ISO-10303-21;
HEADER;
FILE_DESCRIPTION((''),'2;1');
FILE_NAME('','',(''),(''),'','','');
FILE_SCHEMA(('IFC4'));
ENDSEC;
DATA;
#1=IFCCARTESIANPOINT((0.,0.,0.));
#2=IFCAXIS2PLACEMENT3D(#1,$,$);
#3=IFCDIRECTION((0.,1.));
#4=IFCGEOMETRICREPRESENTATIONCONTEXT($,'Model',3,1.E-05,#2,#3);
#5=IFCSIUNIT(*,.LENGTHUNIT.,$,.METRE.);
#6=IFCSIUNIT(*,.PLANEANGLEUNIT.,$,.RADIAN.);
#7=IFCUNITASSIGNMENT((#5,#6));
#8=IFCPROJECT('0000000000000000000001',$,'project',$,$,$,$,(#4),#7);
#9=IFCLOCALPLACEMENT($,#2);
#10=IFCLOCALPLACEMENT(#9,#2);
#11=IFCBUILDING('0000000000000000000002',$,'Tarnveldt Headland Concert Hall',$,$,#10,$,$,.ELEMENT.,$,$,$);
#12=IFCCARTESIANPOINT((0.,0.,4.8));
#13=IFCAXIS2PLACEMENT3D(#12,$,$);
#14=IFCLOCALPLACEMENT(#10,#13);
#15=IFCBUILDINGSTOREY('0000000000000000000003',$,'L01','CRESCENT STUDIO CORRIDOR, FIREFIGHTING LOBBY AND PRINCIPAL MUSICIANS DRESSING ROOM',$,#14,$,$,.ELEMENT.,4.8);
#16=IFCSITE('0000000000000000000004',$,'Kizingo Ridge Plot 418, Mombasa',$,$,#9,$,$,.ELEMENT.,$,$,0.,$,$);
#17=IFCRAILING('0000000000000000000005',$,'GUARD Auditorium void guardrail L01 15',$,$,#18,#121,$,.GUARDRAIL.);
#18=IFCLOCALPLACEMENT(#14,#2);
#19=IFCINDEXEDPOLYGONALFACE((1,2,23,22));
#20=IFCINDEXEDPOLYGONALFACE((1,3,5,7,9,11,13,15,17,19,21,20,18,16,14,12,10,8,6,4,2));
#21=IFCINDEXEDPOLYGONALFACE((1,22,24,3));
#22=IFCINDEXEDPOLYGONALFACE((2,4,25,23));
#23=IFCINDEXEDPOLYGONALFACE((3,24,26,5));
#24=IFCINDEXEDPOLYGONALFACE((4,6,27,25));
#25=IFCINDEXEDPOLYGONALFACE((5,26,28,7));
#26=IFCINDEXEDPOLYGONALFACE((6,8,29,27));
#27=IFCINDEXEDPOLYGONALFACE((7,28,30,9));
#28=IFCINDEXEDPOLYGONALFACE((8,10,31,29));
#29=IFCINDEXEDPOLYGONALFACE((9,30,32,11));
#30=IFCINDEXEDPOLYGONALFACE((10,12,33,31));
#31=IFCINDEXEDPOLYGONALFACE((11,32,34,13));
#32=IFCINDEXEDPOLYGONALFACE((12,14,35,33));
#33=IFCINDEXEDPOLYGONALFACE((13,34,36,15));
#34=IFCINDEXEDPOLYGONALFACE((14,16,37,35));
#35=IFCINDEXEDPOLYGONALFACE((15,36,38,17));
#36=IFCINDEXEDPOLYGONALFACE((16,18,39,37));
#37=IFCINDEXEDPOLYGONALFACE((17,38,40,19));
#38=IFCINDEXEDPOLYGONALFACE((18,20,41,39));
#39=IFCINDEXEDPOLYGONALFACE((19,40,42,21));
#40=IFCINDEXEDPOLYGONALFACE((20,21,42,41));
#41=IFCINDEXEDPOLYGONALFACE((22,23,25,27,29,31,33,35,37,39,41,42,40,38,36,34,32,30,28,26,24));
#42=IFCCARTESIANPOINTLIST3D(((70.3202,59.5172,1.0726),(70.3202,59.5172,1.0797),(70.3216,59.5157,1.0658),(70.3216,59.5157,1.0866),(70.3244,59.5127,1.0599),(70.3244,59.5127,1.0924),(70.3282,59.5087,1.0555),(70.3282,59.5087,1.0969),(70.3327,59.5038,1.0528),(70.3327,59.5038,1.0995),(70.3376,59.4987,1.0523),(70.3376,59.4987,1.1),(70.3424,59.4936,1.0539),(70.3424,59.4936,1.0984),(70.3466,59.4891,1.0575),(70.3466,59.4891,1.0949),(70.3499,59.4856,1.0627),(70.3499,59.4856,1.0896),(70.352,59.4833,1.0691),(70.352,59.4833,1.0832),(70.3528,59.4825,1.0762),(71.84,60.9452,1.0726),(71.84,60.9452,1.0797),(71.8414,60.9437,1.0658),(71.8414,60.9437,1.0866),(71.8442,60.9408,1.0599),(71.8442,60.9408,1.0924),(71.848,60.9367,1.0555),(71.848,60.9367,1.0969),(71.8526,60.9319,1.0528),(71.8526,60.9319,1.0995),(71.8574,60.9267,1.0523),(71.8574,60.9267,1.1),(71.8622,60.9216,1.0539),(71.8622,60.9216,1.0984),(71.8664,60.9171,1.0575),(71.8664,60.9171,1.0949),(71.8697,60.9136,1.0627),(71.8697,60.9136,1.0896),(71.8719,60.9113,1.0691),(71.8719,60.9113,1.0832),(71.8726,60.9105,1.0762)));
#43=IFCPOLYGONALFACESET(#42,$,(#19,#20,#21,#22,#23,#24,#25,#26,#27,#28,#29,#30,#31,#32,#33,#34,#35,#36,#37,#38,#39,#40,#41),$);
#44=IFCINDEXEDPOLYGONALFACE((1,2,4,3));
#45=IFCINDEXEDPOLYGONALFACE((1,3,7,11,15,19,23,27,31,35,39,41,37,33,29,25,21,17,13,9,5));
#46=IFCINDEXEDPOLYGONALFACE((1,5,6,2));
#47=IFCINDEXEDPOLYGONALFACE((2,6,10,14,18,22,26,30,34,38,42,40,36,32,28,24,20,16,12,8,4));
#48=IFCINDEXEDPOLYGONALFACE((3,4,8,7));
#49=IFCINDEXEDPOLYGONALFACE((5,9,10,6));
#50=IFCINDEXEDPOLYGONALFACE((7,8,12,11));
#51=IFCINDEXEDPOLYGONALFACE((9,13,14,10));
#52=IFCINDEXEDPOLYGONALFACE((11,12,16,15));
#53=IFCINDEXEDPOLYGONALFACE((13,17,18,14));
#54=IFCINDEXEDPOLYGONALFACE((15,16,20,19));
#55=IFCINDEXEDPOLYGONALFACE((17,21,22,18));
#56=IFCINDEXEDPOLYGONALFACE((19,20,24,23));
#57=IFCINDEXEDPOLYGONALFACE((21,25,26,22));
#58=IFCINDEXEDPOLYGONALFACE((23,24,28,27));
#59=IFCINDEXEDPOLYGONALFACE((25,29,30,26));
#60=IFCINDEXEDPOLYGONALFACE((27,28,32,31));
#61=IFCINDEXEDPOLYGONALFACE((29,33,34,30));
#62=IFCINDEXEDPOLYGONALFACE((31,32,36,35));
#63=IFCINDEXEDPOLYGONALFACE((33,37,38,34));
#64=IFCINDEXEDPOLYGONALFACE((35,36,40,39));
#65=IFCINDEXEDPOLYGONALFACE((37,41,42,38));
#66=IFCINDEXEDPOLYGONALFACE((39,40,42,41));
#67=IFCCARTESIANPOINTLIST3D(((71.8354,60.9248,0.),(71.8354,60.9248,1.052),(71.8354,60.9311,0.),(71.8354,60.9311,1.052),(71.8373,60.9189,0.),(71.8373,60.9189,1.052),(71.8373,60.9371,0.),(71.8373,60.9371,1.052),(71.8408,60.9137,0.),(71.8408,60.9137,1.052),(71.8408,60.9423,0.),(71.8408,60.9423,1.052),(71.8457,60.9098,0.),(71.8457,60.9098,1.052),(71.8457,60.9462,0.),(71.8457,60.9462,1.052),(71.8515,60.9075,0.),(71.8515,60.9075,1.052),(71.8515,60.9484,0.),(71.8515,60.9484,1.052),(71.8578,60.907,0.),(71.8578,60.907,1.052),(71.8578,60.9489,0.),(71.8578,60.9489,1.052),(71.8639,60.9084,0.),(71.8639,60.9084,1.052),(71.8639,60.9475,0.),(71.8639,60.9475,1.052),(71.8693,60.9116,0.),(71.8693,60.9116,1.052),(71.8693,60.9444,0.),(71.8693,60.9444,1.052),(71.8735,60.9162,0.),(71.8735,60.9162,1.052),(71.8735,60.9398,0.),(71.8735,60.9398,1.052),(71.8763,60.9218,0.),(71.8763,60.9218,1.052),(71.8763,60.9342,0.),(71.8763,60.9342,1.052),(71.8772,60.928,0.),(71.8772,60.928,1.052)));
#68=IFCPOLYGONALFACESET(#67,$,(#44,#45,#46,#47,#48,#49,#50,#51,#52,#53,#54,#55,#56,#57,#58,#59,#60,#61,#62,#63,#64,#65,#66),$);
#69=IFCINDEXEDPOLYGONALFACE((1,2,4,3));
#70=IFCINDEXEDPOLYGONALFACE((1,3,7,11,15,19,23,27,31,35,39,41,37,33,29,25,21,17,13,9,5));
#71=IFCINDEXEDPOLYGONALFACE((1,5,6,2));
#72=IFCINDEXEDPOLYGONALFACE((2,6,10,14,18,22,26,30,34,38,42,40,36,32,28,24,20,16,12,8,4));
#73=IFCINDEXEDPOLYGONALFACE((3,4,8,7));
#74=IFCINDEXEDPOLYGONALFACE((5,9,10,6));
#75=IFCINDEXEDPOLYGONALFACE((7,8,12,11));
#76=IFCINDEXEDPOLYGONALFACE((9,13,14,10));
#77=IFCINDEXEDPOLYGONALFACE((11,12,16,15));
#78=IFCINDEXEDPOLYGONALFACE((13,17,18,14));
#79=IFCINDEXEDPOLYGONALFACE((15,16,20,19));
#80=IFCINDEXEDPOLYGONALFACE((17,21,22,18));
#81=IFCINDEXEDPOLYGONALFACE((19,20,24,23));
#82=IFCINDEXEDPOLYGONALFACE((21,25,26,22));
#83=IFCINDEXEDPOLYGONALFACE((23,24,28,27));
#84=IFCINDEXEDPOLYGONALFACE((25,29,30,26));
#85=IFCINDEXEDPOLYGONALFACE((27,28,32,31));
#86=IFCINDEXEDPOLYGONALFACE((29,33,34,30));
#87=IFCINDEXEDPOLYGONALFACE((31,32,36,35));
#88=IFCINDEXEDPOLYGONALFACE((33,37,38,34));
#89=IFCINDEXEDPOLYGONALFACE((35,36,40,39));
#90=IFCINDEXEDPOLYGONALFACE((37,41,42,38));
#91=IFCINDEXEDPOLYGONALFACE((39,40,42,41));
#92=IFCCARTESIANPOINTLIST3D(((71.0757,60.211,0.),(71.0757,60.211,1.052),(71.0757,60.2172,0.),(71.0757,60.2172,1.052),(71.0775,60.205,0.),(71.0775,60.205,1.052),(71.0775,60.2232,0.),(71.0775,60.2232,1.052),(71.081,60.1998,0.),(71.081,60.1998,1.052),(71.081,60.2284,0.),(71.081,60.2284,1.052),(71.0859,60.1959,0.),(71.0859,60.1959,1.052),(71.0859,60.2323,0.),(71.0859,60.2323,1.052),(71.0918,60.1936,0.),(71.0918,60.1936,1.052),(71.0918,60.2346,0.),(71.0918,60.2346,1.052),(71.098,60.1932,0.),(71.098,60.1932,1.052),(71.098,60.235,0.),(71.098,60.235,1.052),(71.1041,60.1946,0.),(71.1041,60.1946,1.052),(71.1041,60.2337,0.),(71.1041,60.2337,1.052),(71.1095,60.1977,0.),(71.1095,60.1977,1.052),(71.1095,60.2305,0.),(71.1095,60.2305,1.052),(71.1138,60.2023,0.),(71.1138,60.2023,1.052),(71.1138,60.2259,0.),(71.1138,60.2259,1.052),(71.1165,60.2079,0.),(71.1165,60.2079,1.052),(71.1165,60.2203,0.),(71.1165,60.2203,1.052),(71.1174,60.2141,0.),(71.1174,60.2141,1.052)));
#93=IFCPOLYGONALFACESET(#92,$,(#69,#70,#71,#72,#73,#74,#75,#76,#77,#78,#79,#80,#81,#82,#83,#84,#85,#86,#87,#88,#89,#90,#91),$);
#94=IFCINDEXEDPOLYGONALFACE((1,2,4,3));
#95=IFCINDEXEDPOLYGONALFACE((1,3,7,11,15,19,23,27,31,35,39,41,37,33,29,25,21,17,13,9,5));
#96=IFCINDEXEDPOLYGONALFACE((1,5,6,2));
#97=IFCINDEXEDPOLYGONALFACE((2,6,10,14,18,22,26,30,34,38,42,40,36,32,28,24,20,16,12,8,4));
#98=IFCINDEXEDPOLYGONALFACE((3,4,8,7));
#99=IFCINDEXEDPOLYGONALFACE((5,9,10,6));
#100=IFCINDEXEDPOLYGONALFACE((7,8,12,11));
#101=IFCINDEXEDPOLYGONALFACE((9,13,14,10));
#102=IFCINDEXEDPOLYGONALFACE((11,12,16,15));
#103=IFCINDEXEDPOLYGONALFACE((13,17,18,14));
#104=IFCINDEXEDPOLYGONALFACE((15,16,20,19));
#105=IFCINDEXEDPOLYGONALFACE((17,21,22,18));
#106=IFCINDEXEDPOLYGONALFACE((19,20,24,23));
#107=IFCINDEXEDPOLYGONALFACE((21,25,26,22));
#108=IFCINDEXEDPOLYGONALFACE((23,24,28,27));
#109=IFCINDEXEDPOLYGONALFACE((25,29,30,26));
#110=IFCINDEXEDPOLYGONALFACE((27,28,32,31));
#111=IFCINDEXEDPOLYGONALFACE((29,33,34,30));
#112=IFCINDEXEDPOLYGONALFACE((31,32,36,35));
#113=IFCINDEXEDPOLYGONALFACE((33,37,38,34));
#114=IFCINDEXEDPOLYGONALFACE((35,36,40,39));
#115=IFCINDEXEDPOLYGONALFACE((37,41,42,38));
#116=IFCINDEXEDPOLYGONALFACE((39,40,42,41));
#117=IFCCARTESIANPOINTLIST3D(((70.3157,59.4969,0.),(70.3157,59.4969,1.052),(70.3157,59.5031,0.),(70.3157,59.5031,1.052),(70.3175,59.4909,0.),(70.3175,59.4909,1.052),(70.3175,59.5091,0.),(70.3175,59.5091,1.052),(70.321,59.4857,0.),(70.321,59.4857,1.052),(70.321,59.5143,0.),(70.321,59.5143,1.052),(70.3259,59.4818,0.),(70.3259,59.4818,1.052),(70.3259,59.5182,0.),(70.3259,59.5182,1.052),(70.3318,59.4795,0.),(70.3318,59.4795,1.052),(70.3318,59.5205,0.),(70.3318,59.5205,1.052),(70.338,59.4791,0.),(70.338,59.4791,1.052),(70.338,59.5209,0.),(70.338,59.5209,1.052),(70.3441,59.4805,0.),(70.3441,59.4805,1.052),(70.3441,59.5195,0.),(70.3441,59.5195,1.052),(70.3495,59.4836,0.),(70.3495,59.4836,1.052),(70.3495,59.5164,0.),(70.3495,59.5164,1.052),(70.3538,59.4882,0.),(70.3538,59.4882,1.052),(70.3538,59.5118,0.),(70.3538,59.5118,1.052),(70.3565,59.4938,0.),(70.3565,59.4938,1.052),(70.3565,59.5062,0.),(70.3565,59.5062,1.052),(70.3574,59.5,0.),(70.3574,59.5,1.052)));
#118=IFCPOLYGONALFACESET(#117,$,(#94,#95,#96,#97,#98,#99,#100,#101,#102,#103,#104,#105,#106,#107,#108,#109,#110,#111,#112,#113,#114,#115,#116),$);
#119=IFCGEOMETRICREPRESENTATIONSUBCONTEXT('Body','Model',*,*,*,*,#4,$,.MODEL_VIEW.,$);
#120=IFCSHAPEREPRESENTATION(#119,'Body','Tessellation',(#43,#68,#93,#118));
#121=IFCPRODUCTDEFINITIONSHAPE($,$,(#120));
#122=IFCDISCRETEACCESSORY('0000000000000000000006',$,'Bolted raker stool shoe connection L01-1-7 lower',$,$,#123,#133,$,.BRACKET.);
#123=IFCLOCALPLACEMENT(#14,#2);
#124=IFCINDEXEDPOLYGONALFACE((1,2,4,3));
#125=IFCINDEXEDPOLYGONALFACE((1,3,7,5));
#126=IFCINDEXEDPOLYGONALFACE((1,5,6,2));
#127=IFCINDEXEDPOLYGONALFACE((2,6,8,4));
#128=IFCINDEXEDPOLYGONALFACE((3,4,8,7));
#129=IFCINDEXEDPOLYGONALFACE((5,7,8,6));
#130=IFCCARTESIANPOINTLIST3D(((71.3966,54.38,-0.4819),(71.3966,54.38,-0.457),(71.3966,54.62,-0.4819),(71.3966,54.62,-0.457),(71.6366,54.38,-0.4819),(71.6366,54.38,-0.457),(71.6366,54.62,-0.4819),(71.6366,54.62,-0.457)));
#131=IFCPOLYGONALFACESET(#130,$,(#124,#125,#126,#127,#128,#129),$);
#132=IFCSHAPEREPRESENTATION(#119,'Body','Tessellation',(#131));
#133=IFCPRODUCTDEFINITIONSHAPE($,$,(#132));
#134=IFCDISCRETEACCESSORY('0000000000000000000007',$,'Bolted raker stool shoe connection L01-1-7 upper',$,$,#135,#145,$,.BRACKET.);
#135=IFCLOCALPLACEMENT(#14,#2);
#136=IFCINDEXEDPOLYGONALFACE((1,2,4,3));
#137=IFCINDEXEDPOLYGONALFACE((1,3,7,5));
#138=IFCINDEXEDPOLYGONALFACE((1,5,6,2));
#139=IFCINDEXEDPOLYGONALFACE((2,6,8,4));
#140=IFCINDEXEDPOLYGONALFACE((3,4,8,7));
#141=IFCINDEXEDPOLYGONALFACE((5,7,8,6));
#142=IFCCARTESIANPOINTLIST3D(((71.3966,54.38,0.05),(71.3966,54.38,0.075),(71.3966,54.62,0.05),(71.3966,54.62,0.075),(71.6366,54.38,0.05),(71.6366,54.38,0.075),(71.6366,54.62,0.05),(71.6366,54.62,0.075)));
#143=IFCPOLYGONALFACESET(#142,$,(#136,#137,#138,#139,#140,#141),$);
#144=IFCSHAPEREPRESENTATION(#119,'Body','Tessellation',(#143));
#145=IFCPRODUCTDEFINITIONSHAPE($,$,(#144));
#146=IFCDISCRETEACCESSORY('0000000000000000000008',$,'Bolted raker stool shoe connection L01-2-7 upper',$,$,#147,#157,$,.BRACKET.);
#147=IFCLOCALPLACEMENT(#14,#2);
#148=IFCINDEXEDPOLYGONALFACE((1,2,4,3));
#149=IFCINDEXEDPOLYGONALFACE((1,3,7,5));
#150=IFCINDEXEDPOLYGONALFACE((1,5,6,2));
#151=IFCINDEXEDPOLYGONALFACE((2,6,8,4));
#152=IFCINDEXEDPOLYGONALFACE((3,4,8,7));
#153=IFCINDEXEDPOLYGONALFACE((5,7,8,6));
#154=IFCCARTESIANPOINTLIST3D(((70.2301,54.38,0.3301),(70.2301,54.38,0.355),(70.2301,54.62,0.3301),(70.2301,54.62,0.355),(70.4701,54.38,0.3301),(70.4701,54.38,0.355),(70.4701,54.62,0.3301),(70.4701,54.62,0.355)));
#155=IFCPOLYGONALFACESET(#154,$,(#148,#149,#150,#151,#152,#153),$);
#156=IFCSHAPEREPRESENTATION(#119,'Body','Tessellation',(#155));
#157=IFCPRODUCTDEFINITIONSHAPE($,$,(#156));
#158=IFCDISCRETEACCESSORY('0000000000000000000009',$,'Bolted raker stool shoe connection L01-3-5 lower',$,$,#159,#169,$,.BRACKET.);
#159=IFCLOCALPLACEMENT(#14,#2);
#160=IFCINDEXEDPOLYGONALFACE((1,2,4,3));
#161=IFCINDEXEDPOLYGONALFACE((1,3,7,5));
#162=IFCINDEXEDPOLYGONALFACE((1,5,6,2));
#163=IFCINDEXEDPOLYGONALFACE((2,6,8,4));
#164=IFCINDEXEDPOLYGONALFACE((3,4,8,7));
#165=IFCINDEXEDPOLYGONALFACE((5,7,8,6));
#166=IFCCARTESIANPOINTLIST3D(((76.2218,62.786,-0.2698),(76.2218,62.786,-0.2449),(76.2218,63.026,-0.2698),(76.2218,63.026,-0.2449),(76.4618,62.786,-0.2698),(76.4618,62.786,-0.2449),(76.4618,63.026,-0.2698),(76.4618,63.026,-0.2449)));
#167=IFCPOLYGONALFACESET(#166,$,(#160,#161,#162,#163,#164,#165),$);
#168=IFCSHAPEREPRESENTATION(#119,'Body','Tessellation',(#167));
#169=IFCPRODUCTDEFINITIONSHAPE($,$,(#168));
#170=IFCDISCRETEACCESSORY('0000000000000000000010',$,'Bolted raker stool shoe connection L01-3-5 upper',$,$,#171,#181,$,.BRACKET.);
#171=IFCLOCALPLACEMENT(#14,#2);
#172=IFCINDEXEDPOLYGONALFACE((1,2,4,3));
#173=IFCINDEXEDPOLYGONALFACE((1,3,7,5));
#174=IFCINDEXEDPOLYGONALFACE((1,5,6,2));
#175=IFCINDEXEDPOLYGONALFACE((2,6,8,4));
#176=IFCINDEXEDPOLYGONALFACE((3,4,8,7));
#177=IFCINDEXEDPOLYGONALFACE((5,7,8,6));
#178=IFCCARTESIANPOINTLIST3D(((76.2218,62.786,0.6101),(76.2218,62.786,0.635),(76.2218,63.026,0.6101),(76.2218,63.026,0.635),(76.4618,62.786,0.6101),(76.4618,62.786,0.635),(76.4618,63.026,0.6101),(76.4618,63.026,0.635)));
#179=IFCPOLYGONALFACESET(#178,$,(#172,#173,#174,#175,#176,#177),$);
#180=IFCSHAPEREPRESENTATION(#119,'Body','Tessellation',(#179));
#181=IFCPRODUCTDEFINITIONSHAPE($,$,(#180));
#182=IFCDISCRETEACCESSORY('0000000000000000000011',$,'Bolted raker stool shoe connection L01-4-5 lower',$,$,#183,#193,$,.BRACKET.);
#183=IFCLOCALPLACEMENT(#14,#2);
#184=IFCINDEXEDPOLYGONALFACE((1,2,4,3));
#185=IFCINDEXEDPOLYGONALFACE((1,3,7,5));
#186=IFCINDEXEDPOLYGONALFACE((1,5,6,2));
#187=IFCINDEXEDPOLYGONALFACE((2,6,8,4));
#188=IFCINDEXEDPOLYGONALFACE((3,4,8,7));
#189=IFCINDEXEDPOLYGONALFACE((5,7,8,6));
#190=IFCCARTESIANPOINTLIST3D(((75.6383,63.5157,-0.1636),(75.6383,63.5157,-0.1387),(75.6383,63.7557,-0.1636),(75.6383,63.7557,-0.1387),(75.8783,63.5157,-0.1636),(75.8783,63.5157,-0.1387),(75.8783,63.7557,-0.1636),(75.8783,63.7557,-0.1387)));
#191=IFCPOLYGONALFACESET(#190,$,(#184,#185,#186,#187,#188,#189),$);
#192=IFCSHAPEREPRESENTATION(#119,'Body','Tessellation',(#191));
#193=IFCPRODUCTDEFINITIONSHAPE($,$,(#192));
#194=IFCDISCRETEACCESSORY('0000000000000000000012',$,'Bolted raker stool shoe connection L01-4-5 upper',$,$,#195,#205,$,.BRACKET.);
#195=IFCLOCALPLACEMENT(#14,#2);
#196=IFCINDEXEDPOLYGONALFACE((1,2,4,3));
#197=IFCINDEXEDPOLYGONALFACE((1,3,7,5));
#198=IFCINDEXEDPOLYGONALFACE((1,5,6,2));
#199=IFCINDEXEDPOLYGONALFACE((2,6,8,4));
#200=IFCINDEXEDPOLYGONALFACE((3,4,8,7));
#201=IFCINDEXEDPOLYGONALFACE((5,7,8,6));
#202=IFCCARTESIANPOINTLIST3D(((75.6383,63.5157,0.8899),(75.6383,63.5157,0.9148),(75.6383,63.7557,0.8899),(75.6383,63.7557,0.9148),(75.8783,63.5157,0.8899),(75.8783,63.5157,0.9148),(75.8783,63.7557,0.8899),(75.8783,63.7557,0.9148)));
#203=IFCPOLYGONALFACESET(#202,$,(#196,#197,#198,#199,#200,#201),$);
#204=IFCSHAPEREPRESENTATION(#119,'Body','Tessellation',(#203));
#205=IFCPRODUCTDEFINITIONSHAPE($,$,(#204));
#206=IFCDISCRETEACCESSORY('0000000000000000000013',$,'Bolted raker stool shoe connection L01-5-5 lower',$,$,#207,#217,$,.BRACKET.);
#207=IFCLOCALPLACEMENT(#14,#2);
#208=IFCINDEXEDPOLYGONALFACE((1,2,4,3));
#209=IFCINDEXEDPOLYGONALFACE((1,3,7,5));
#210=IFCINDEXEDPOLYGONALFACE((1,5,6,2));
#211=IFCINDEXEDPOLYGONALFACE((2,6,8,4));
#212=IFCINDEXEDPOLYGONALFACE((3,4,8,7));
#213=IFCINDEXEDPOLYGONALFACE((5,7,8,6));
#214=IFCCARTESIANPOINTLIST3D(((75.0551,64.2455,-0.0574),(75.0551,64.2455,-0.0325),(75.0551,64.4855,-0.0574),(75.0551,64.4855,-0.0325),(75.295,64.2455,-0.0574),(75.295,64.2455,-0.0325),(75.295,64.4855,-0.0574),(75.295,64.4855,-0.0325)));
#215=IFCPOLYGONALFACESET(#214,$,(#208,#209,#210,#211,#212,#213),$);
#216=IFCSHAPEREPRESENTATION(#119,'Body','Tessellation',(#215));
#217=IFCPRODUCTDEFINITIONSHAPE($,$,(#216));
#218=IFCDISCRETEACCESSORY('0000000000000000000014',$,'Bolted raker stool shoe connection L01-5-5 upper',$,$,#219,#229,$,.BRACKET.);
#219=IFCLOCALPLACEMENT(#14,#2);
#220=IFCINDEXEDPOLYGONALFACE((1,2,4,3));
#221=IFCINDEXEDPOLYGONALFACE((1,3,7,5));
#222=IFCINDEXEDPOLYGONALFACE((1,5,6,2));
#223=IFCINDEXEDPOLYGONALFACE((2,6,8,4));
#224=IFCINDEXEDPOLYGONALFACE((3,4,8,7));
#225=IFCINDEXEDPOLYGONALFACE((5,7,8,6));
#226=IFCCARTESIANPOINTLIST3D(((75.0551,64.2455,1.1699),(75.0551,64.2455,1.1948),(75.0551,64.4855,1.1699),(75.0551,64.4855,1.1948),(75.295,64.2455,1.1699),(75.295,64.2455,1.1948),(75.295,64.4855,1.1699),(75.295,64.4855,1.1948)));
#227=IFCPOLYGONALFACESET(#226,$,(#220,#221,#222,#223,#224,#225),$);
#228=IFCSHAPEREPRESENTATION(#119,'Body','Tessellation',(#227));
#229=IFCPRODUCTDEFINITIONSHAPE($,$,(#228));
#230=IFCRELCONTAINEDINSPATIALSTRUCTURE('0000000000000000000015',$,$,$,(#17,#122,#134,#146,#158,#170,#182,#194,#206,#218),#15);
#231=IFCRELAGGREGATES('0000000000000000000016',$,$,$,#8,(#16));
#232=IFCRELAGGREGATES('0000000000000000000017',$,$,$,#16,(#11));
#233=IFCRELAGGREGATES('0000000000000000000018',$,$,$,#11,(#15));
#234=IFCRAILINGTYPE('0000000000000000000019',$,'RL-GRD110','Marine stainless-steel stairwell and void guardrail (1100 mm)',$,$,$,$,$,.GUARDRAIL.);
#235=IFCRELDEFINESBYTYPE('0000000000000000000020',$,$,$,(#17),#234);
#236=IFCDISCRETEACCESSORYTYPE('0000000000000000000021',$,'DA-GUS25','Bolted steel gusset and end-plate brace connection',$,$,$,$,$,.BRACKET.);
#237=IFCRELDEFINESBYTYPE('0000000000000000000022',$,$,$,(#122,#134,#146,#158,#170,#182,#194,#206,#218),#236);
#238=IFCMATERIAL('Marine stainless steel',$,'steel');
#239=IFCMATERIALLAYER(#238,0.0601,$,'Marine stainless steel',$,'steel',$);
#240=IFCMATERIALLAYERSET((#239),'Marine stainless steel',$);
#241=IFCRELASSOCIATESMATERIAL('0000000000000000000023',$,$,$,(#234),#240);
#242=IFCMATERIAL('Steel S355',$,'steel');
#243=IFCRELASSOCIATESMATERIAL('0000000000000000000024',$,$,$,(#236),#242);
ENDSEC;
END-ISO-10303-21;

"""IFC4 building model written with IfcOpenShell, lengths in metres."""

from ifc_helpers import new_model, si_unit, direction, frame, origin, origin_2d, place, context, subcontext, project, spatial, rectangle, circle, extrude, material, layer, layer_set, type_object, element, save


model = new_model("IFC4")

# Units and contexts
model_context = context("Model", 3, precision=1e-05, world=origin(), true_north=direction((0.0, 1.0)))
body_context = subcontext(model_context, "Body", "Model", "MODEL_VIEW")
ifc_project = project(units=[si_unit("LENGTHUNIT", "METRE"), si_unit("PLANEANGLEUNIT", "RADIAN")], contexts=[model_context])

# Site, building, storey
site_placement = place(None, origin())
site = spatial("IfcSite", under=ifc_project, at=site_placement, Name="Kizingo Ridge Plot 418, Mombasa", CompositionType="ELEMENT", RefElevation=0.0)
building_placement = place(site_placement, origin())
building = spatial("IfcBuilding", under=site, at=building_placement, Name="Tarnveldt Headland Concert Hall", CompositionType="ELEMENT")
storey_placement = place(building_placement, frame((0.0, 0.0, 4.8)))
storey = spatial("IfcBuildingStorey", under=building, at=storey_placement, Name="L01", Description="CRESCENT STUDIO CORRIDOR, FIREFIGHTING LOBBY AND PRINCIPAL MUSICIANS DRESSING ROOM", CompositionType="ELEMENT", Elevation=4.8)

# Shared definitions
ifc_material_1 = material(Name="Steel S355", Category="steel")

# Railing
ifc_material_2 = material(Name="Marine stainless steel", Category="steel")
ifc_layer_1 = layer(ifc_material_2, 0.0601, Name="Marine stainless steel", Category="steel")
ifc_layer_set_1 = layer_set([ifc_layer_1], Name="Marine stainless steel")
railing_type = type_object("IfcRailingType", Name="RL-GRD110", Description="Marine stainless-steel stairwell and void guardrail (1100 mm)", PredefinedType="GUARDRAIL", material=ifc_layer_set_1)
railing_1_placement = place(storey_placement, frame((71.8562, 60.928, 0.0)))
element("IfcRailing", 1, at=railing_1_placement, inside=storey, type_object=railing_type, Name="GUARD Auditorium void guardrail L01 15", PredefinedType="GUARDRAIL", context=body_context, shape_type="SweptSolid", body=[
    extrude(circle(Radius=0.0239, at=origin_2d()), frame((0.0, 0.0, 1.0762), z_axis=(-0.728774, -0.684755, 0.0), x_axis=(0.684755, -0.728774, 0.0)), (0.0, 0.0, 1.0), 2.0854),
    extrude(circle(Radius=0.021, at=origin_2d()), origin(), (0.0, 0.0, 1.0), 1.052),
    extrude(circle(Radius=0.021, at=origin_2d()), frame((-0.7598, -0.7139, 0.0)), (0.0, 0.0, 1.0), 1.052),
    extrude(circle(Radius=0.021, at=origin_2d()), frame((-1.5198, -1.428, 0.0)), (0.0, 0.0, 1.0), 1.052),
])

# Discrete accessories
discrete_accessory_type = type_object("IfcDiscreteAccessoryType", Name="DA-GUS25", Description="Bolted steel gusset and end-plate brace connection", PredefinedType="BRACKET", material=ifc_material_1)
for number, where, z_axis, x_axis, name in (
    (2, (71.5166, 54.5, -0.4819), (0.0, 0.0, 1.0), (1.0, 0.0, 0.0), "Bolted raker stool shoe connection L01-1-7 lower"),
    (3, (71.5166, 54.5, 0.05), (0.0, 0.0, 1.0), (1.0, 0.0, 0.0), "Bolted raker stool shoe connection L01-1-7 upper"),
    (4, (70.3501, 54.5, 0.3301), (0.0, 0.0, 1.0), (1.0, 0.0, 0.0), "Bolted raker stool shoe connection L01-2-7 upper"),
    (5, (76.3418, 62.906, -0.2698), (0.0, 0.0, 1.0), (1.0, 0.0, 0.0), "Bolted raker stool shoe connection L01-3-5 lower"),
    (6, (76.3418, 62.906, 0.6101), (0.0, 0.0, 1.0), (1.0, 0.0, 0.0), "Bolted raker stool shoe connection L01-3-5 upper"),
    (7, (75.7583, 63.6357, -0.1636), (0.0, 0.0, 1.0), (1.0, 0.0, 0.0), "Bolted raker stool shoe connection L01-4-5 lower"),
    (8, (75.7583, 63.6357, 0.8899), (0.0, 0.0, 1.0), (1.0, 0.0, 0.0), "Bolted raker stool shoe connection L01-4-5 upper"),
    (9, (75.175, 64.3655, -0.0574), (0.0, 0.0, 1.0), (1.0, 0.0, 0.0), "Bolted raker stool shoe connection L01-5-5 lower"),
    (10, (75.175, 64.3655, 1.1699), (0.0, 0.0, 1.0), (1.0, 0.0, 0.0), "Bolted raker stool shoe connection L01-5-5 upper"),
):
    element("IfcDiscreteAccessory", number, at=place(storey_placement, frame(where, z_axis=z_axis, x_axis=x_axis)), inside=storey, type_object=discrete_accessory_type, Name=name, PredefinedType="BRACKET", context=body_context, shape_type="SweptSolid", body=[
        extrude(rectangle(XDim=0.24, YDim=0.24, at=origin_2d()), origin(), (0.0, 0.0, 1.0), 0.0249),
    ])

save(model, "model.ifc")
